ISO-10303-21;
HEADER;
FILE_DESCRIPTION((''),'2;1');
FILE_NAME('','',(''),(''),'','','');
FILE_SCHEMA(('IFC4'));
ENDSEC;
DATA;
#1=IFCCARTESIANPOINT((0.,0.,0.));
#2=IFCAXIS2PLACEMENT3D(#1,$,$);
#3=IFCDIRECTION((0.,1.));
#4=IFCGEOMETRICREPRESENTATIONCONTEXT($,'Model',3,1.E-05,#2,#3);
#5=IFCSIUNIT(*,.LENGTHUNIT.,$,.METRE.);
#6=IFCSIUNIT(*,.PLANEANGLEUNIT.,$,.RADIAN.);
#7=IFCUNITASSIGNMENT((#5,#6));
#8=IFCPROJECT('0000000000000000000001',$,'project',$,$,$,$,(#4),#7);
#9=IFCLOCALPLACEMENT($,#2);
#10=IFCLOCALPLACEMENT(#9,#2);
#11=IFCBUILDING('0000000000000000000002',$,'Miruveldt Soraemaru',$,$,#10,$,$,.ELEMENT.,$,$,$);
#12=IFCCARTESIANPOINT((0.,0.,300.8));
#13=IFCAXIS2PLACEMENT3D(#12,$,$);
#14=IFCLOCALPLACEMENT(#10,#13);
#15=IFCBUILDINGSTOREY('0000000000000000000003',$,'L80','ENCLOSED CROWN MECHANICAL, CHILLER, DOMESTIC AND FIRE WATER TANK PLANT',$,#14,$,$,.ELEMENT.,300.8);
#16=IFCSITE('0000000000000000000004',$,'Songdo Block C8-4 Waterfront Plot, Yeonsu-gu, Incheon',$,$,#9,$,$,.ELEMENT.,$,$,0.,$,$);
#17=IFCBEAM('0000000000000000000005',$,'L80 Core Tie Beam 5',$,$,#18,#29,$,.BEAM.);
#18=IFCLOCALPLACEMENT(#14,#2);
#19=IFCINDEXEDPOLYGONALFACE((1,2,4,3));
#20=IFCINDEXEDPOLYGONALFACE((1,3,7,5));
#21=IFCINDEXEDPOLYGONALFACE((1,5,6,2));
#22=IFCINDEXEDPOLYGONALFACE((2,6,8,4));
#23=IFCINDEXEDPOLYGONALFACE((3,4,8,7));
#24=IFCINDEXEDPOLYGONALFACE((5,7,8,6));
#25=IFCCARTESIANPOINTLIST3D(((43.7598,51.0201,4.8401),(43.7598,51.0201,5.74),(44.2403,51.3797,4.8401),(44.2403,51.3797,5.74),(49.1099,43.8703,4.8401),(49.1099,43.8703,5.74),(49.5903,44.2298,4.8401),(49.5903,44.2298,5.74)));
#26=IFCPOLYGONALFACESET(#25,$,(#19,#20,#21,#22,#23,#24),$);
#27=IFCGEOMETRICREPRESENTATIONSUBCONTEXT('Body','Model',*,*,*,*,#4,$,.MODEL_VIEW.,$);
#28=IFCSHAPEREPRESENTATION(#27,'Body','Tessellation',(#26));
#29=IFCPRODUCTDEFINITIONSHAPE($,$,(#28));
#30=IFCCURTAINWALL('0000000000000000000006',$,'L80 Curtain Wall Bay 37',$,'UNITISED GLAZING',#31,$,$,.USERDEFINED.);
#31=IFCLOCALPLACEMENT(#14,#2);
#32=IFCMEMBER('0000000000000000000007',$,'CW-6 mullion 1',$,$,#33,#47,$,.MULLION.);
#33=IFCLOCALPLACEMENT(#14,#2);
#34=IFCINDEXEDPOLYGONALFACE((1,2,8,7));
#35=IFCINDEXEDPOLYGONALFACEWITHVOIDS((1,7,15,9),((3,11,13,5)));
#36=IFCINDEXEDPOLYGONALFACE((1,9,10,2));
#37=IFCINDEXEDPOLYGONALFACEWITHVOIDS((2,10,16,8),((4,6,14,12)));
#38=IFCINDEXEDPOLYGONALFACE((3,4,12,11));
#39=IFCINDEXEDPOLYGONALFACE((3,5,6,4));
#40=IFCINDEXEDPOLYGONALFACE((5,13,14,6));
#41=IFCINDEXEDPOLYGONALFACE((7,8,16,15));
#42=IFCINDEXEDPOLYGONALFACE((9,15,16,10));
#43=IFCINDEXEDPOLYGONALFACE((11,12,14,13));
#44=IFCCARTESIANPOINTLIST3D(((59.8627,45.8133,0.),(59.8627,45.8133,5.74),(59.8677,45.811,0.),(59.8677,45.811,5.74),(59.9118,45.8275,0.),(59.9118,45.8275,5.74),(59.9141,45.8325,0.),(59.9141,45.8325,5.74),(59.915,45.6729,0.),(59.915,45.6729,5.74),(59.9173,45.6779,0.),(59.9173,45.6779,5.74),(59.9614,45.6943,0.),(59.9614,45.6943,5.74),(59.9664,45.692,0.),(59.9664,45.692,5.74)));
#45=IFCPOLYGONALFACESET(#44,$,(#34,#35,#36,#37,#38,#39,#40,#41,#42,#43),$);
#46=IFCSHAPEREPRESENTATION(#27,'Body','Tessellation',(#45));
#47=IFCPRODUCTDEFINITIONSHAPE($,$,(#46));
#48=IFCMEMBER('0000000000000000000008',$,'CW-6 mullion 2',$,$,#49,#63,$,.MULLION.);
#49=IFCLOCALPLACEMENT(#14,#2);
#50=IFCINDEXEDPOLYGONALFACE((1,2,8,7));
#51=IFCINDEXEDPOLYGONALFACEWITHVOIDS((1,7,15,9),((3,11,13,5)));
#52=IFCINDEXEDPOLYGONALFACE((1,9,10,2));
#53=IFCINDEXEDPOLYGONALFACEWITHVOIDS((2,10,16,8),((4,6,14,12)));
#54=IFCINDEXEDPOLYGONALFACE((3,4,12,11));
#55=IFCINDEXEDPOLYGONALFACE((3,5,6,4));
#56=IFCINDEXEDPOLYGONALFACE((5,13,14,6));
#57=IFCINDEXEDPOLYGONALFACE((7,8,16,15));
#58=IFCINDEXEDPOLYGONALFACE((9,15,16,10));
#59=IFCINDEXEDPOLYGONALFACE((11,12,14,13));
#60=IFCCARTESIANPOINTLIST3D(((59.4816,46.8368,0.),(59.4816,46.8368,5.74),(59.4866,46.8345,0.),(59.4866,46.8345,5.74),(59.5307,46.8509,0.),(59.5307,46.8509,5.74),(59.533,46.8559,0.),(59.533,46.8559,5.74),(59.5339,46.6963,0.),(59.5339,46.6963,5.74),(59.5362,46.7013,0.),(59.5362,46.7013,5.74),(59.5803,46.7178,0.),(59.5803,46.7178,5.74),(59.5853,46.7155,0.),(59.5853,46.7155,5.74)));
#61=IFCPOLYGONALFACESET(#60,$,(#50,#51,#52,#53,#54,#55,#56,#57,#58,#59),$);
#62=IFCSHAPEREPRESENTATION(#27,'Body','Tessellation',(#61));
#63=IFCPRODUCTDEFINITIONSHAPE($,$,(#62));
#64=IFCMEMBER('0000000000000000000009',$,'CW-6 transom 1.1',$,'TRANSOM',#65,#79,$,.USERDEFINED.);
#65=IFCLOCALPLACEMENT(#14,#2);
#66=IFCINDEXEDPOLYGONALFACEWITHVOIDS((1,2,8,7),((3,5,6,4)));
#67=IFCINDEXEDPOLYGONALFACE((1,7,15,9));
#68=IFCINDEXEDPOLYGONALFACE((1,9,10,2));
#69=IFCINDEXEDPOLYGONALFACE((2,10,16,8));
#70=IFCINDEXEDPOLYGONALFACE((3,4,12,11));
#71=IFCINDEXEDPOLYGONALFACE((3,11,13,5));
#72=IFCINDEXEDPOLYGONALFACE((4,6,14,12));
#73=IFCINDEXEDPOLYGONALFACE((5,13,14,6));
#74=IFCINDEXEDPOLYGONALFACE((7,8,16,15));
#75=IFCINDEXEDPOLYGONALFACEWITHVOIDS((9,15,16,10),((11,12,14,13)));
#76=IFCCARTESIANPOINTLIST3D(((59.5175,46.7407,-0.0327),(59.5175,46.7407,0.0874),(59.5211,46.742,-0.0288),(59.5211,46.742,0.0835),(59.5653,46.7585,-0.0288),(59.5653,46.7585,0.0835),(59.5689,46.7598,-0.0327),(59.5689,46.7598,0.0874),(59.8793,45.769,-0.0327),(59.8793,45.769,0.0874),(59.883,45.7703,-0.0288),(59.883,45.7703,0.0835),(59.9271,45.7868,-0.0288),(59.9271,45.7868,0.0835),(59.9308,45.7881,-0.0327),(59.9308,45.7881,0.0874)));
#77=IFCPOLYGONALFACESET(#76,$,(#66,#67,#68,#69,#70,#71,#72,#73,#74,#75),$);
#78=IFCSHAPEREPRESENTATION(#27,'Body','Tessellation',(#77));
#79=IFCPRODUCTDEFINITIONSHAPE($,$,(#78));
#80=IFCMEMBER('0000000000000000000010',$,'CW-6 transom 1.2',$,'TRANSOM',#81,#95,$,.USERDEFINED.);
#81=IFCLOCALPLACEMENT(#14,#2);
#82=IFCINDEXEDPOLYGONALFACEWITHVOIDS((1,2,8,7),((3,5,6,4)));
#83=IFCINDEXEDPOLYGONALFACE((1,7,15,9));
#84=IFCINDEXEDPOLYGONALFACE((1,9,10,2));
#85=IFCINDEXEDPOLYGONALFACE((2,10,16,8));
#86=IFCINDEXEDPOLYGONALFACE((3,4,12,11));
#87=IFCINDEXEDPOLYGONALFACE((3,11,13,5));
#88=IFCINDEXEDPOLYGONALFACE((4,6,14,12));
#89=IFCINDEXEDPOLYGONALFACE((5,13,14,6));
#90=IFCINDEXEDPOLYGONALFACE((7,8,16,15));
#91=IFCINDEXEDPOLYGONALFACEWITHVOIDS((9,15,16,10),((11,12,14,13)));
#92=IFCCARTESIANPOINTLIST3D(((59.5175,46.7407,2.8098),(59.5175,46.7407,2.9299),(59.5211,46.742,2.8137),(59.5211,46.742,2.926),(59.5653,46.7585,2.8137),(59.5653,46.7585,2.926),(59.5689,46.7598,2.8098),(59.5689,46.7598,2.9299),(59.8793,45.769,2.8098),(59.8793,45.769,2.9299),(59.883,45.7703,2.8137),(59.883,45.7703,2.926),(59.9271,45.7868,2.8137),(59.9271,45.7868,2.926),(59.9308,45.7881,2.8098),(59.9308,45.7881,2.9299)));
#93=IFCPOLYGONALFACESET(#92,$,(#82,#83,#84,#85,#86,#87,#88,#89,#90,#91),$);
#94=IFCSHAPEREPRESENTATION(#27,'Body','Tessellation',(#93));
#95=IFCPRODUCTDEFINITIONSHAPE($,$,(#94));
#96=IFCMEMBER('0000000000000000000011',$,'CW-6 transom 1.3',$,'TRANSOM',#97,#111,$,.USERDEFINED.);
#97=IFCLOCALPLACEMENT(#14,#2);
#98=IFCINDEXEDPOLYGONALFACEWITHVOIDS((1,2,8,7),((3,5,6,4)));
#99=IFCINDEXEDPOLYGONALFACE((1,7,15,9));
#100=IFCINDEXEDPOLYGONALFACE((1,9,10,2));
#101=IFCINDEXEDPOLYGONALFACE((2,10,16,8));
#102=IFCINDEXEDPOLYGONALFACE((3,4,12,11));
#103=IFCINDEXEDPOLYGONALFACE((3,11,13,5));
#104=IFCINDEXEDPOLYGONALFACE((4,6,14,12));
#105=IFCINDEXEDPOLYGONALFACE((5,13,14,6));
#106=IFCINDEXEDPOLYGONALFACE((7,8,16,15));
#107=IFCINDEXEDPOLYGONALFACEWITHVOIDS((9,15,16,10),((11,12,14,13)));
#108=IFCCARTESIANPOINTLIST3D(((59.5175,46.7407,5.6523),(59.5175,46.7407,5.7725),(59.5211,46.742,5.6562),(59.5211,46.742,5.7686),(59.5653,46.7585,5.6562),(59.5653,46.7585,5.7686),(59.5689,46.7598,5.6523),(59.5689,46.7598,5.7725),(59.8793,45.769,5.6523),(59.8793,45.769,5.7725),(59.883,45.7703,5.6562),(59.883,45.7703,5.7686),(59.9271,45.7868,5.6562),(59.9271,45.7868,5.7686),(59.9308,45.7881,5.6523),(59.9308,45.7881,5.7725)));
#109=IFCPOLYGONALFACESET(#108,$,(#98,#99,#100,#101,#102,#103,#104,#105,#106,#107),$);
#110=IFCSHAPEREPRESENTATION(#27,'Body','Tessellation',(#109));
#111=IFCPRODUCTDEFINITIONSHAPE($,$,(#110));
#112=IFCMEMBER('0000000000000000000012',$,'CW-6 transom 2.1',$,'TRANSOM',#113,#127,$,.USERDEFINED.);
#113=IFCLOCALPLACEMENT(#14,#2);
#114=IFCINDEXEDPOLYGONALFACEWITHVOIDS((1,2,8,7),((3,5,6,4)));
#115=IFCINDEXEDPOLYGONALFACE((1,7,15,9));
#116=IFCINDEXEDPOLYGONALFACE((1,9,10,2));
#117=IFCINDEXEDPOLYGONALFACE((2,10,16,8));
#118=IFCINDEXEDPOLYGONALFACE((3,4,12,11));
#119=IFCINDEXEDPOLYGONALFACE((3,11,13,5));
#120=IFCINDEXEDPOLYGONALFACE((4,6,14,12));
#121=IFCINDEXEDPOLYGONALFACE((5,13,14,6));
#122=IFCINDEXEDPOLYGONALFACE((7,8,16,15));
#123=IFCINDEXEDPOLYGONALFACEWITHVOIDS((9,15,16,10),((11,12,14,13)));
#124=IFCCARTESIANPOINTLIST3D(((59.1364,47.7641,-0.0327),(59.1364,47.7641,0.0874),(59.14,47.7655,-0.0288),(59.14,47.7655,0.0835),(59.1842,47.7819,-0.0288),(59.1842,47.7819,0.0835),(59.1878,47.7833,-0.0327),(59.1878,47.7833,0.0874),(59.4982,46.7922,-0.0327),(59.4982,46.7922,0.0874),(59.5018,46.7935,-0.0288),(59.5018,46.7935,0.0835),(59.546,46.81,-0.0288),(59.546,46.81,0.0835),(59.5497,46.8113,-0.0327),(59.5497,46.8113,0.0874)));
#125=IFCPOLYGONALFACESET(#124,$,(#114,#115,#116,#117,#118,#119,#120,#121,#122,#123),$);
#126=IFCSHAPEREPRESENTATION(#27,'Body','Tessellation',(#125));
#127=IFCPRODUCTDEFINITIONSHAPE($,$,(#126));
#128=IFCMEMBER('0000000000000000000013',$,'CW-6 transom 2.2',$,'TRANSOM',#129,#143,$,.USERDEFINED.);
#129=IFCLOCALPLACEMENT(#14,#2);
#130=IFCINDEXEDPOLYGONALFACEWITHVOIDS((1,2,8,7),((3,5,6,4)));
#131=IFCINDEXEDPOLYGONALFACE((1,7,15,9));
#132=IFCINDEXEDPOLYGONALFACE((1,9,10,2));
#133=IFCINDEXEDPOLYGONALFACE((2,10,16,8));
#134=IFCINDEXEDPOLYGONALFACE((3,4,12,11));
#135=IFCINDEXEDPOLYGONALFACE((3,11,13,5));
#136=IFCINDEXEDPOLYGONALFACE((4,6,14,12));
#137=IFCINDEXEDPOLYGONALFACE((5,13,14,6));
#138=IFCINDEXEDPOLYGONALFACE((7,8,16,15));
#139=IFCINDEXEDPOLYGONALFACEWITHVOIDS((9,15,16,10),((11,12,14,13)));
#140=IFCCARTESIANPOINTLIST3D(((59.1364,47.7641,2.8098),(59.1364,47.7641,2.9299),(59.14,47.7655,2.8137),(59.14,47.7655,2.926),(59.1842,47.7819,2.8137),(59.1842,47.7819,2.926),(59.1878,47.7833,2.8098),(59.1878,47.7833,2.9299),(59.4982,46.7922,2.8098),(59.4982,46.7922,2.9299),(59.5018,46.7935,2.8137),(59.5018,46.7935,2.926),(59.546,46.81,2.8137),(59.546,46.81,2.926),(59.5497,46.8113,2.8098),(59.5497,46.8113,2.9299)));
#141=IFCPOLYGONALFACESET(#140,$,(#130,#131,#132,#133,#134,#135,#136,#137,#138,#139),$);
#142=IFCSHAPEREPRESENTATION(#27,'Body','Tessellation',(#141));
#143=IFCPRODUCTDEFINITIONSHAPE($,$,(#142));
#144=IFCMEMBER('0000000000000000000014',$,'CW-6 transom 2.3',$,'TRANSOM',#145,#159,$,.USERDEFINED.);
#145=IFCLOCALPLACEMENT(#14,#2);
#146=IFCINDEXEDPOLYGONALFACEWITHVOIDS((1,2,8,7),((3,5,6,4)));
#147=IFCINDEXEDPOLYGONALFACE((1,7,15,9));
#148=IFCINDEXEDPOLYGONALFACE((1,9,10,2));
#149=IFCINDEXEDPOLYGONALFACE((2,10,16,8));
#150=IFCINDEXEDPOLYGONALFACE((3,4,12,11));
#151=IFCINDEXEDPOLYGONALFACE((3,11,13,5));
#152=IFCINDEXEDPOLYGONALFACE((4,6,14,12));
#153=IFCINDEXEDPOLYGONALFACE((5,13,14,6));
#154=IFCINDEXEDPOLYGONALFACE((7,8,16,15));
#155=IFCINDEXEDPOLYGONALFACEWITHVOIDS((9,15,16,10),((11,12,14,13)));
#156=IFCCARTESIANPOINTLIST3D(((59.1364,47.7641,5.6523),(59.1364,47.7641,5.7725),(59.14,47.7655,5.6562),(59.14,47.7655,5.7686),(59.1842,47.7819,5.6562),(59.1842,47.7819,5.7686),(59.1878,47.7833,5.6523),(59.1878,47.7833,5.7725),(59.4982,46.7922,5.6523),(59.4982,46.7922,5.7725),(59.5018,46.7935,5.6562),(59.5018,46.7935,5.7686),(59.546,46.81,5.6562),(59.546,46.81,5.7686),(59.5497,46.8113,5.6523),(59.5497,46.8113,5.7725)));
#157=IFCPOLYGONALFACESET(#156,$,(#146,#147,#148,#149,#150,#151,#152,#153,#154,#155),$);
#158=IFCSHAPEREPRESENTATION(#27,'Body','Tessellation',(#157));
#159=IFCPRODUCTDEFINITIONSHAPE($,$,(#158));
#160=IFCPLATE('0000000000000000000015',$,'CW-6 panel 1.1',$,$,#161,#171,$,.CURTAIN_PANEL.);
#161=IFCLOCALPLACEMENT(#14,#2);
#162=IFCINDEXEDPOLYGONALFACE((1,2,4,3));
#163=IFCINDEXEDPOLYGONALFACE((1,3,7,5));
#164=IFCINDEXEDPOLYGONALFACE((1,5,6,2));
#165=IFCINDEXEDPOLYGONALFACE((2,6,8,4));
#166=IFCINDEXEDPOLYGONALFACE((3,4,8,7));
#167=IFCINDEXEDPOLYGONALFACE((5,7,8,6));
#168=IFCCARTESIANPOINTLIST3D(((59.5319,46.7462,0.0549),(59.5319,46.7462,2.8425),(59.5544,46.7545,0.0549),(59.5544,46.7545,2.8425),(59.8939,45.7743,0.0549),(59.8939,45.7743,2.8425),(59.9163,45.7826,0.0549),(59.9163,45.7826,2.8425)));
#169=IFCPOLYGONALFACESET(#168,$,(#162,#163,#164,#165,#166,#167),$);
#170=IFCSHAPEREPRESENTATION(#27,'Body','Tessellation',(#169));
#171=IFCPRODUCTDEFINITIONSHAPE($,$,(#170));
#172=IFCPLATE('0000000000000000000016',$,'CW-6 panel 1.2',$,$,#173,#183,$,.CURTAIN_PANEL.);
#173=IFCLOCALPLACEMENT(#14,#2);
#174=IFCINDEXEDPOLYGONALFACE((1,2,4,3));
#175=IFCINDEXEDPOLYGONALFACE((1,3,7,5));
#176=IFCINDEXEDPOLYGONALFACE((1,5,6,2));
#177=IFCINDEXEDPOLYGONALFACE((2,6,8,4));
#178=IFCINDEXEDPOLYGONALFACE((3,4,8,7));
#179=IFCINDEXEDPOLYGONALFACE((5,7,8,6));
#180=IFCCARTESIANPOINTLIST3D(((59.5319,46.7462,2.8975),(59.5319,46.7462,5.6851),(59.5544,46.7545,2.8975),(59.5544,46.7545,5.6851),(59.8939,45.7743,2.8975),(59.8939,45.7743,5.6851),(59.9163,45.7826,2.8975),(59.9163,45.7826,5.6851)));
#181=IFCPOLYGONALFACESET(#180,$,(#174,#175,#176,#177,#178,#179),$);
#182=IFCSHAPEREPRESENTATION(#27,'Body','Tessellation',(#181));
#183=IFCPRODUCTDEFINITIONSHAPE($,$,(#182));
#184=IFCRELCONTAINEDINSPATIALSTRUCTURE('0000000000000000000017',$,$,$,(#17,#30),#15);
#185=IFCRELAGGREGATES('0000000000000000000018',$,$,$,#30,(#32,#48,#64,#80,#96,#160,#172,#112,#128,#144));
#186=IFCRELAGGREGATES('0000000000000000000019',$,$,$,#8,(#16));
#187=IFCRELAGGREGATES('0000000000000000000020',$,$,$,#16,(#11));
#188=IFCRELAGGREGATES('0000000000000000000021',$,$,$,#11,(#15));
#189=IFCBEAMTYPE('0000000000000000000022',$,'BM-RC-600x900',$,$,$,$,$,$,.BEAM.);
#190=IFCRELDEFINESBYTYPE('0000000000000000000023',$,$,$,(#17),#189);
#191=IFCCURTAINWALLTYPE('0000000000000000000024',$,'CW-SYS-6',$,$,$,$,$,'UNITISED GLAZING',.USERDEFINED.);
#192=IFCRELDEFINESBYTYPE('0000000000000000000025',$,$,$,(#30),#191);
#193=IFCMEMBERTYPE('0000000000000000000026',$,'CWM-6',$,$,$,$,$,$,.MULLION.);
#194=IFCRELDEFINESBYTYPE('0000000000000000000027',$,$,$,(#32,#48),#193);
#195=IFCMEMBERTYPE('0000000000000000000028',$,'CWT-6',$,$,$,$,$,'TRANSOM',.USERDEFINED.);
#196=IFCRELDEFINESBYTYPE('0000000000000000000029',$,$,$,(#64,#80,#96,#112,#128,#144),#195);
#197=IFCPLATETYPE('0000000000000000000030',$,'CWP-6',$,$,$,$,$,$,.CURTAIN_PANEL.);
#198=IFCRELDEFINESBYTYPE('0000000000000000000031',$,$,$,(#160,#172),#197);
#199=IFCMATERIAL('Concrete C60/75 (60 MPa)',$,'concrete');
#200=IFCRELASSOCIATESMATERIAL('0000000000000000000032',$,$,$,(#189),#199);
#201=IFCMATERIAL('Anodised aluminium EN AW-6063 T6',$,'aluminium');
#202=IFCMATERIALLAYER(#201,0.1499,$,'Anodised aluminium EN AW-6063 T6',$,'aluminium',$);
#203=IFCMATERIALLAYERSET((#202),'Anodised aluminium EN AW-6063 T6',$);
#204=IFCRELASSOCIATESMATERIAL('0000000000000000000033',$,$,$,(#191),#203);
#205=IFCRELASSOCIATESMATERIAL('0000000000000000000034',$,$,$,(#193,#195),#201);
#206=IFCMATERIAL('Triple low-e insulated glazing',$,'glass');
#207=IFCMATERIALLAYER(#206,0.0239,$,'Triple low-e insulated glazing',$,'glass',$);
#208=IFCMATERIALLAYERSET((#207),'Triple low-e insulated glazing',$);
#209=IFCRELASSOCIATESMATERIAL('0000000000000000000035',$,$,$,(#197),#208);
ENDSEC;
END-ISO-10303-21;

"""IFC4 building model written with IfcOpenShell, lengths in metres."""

from ifc_helpers import new_model, si_unit, direction, frame, origin, origin_2d, place, context, subcontext, project, spatial, rectangle, hollow_rectangle, extrude, material, layer, layer_set, material_profile, profile_set, type_object, element, aggregate, save


model = new_model("IFC4")

# Units and contexts
model_context = context("Model", 3, precision=1e-05, world=origin(), true_north=direction((0.0, 1.0)))
body_context = subcontext(model_context, "Body", "Model", "MODEL_VIEW")
ifc_project = project(units=[si_unit("LENGTHUNIT", "METRE"), si_unit("PLANEANGLEUNIT", "RADIAN")], contexts=[model_context])

# Site, building, storey
site_placement = place(None, origin())
site = spatial("IfcSite", under=ifc_project, at=site_placement, Name="Songdo Block C8-4 Waterfront Plot, Yeonsu-gu, Incheon", CompositionType="ELEMENT", RefElevation=0.0)
building_placement = place(site_placement, origin())
building = spatial("IfcBuilding", under=site, at=building_placement, Name="Miruveldt Soraemaru", CompositionType="ELEMENT")
storey_placement = place(building_placement, frame((0.0, 0.0, 300.8)))
storey = spatial("IfcBuildingStorey", under=building, at=storey_placement, Name="L80", Description="ENCLOSED CROWN MECHANICAL, CHILLER, DOMESTIC AND FIRE WATER TANK PLANT", CompositionType="ELEMENT", Elevation=300.8)

# Beam
ifc_material_1 = material(Name="Concrete C60/75 (60 MPa)", Category="concrete")
ifc_material_profile_1 = material_profile(ifc_material_1, rectangle(XDim=0.6001, YDim=0.8999, at=origin_2d()), Name="Concrete C60/75 (60 MPa)", Category="concrete")
ifc_profile_set_1 = profile_set([ifc_material_profile_1], Name="Concrete C60/75 (60 MPa)")
beam_type = type_object("IfcBeamType", Name="BM-RC-600x900", PredefinedType="BEAM", material=ifc_profile_set_1)
beam_placement = place(storey_placement, frame((49.3501, 44.05, 5.29), z_axis=(-0.599116, 0.800662, 0.0), x_axis=(-0.800662, -0.599116, 0.0)))
element("IfcBeam", 1, at=beam_placement, inside=storey, type_object=beam_type, Name="L80 Core Tie Beam 5", PredefinedType="BEAM", context=body_context, shape_type="SweptSolid", body=[
    extrude(rectangle(XDim=0.6001, YDim=0.8999, at=origin_2d()), origin(), (0.0, 0.0, 1.0), 8.9299),
])

# Curtain wall, members, plates
ifc_material_2 = material(Name="Anodised aluminium EN AW-6063 T6", Category="aluminium")
ifc_layer_1 = layer(ifc_material_2, 0.1499, Name="Anodised aluminium EN AW-6063 T6", Category="aluminium")
ifc_layer_set_1 = layer_set([ifc_layer_1], Name="Anodised aluminium EN AW-6063 T6")
curtain_wall_type = type_object("IfcCurtainWallType", Name="CW-SYS-6", ElementType="UNITISED GLAZING", PredefinedType="USERDEFINED", material=ifc_layer_set_1)
curtain_wall_placement = place(storey_placement, origin())
curtain_wall = element("IfcCurtainWall", 2, at=curtain_wall_placement, inside=storey, type_object=curtain_wall_type, Name="L80 Curtain Wall Bay 37", ObjectType="UNITISED GLAZING", PredefinedType="USERDEFINED")
ifc_material_profile_2 = material_profile(ifc_material_2, hollow_rectangle(XDim=0.0549, YDim=0.1499, WallThickness=0.0039, at=origin_2d()), Name="Anodised aluminium EN AW-6063 T6", Category="aluminium")
ifc_profile_set_2 = profile_set([ifc_material_profile_2], Name="Anodised aluminium EN AW-6063 T6")
member_type_1 = type_object("IfcMemberType", Name="CWM-6", PredefinedType="MULLION", material=ifc_profile_set_2)
member_1_placement = place(storey_placement, frame((59.9146, 45.7527, 0.0), z_axis=(0.0, 0.0, 1.0), x_axis=(-0.937123, -0.348998, 0.0)))
member_1 = element("IfcMember", 3, at=member_1_placement, type_object=member_type_1, Name="CW-6 mullion 1", PredefinedType="MULLION", context=body_context, shape_type="SweptSolid", body=[
    extrude(hollow_rectangle(XDim=0.0549, YDim=0.1499, WallThickness=0.0039, at=origin_2d()), origin(), (0.0, 0.0, 1.0), 5.74),
])
member_2_placement = place(storey_placement, frame((59.5334, 46.7761, 0.0), z_axis=(0.0, 0.0, 1.0), x_axis=(-0.937123, -0.348998, 0.0)))
member_2 = element("IfcMember", 4, at=member_2_placement, type_object=member_type_1, Name="CW-6 mullion 2", PredefinedType="MULLION", context=body_context, shape_type="SweptSolid", body=[
    extrude(hollow_rectangle(XDim=0.0549, YDim=0.1499, WallThickness=0.0039, at=origin_2d()), origin(), (0.0, 0.0, 1.0), 5.74),
])
ifc_material_profile_3 = material_profile(ifc_material_2, hollow_rectangle(XDim=0.0549, YDim=0.1201, WallThickness=0.0039, at=origin_2d()), Name="Anodised aluminium EN AW-6063 T6", Category="aluminium")
ifc_profile_set_3 = profile_set([ifc_material_profile_3], Name="Anodised aluminium EN AW-6063 T6")
member_type_2 = type_object("IfcMemberType", Name="CWT-6", ElementType="TRANSOM", PredefinedType="USERDEFINED", material=ifc_profile_set_3)
member_3_placement = place(storey_placement, frame((59.905, 45.7786, 0.0273), z_axis=(-0.348955, 0.937139, 0.0), x_axis=(-0.937139, -0.348955, 0.0)))
member_3 = element("IfcMember", 5, at=member_3_placement, type_object=member_type_2, Name="CW-6 transom 1.1", ObjectType="TRANSOM", PredefinedType="USERDEFINED", context=body_context, shape_type="SweptSolid", body=[
    extrude(hollow_rectangle(XDim=0.0549, YDim=0.1201, WallThickness=0.0039, at=origin_2d()), origin(), (0.0, 0.0, 1.0), 1.0369),
])
member_4_placement = place(storey_placement, frame((59.905, 45.7786, 2.8699), z_axis=(-0.348955, 0.937139, 0.0), x_axis=(-0.937139, -0.348955, 0.0)))
member_4 = element("IfcMember", 6, at=member_4_placement, type_object=member_type_2, Name="CW-6 transom 1.2", ObjectType="TRANSOM", PredefinedType="USERDEFINED", context=body_context, shape_type="SweptSolid", body=[
    extrude(hollow_rectangle(XDim=0.0549, YDim=0.1201, WallThickness=0.0039, at=origin_2d()), origin(), (0.0, 0.0, 1.0), 1.0369),
])
member_5_placement = place(storey_placement, frame((59.905, 45.7786, 5.7124), z_axis=(-0.348955, 0.937139, 0.0), x_axis=(-0.937139, -0.348955, 0.0)))
member_5 = element("IfcMember", 7, at=member_5_placement, type_object=member_type_2, Name="CW-6 transom 1.3", ObjectType="TRANSOM", PredefinedType="USERDEFINED", context=body_context, shape_type="SweptSolid", body=[
    extrude(hollow_rectangle(XDim=0.0549, YDim=0.1201, WallThickness=0.0039, at=origin_2d()), origin(), (0.0, 0.0, 1.0), 1.0369),
])
member_6_placement = place(storey_placement, frame((59.5239, 46.8018, 0.0273), z_axis=(-0.348878, 0.937168, 0.0), x_axis=(-0.937168, -0.348878, 0.0)))
member_6 = element("IfcMember", 8, at=member_6_placement, type_object=member_type_2, Name="CW-6 transom 2.1", ObjectType="TRANSOM", PredefinedType="USERDEFINED", context=body_context, shape_type="SweptSolid", body=[
    extrude(hollow_rectangle(XDim=0.0549, YDim=0.1201, WallThickness=0.0039, at=origin_2d()), origin(), (0.0, 0.0, 1.0), 1.0371),
])
member_7_placement = place(storey_placement, frame((59.5239, 46.8018, 2.8699), z_axis=(-0.348878, 0.937168, 0.0), x_axis=(-0.937168, -0.348878, 0.0)))
member_7 = element("IfcMember", 9, at=member_7_placement, type_object=member_type_2, Name="CW-6 transom 2.2", ObjectType="TRANSOM", PredefinedType="USERDEFINED", context=body_context, shape_type="SweptSolid", body=[
    extrude(hollow_rectangle(XDim=0.0549, YDim=0.1201, WallThickness=0.0039, at=origin_2d()), origin(), (0.0, 0.0, 1.0), 1.0371),
])
member_8_placement = place(storey_placement, frame((59.5239, 46.8018, 5.7124), z_axis=(-0.348878, 0.937168, 0.0), x_axis=(-0.937168, -0.348878, 0.0)))
member_8 = element("IfcMember", 10, at=member_8_placement, type_object=member_type_2, Name="CW-6 transom 2.3", ObjectType="TRANSOM", PredefinedType="USERDEFINED", context=body_context, shape_type="SweptSolid", body=[
    extrude(hollow_rectangle(XDim=0.0549, YDim=0.1201, WallThickness=0.0039, at=origin_2d()), origin(), (0.0, 0.0, 1.0), 1.0371),
])
ifc_material_3 = material(Name="Triple low-e insulated glazing", Category="glass")
ifc_layer_2 = layer(ifc_material_3, 0.0239, Name="Triple low-e insulated glazing", Category="glass")
ifc_layer_set_2 = layer_set([ifc_layer_2], Name="Triple low-e insulated glazing")
plate_type_1 = type_object("IfcPlateType", Name="CWP-6", PredefinedType="CURTAIN_PANEL", material=ifc_layer_set_2)
plate_1_placement = place(storey_placement, frame((59.7241, 46.2644, 0.0549), z_axis=(0.0, 0.0, 1.0), x_axis=(-0.348998, 0.937123, 0.0)))
plate_1 = element("IfcPlate", 11, at=plate_1_placement, type_object=plate_type_1, Name="CW-6 panel 1.1", PredefinedType="CURTAIN_PANEL", context=body_context, shape_type="SweptSolid", body=[
    extrude(rectangle(XDim=1.0371, YDim=0.0239, at=origin_2d()), origin(), (0.0, 0.0, 1.0), 2.7876),
])
plate_2_placement = place(storey_placement, frame((59.7241, 46.2644, 2.8975), z_axis=(0.0, 0.0, 1.0), x_axis=(-0.348998, 0.937123, 0.0)))
plate_2 = element("IfcPlate", 12, at=plate_2_placement, type_object=plate_type_1, Name="CW-6 panel 1.2", PredefinedType="CURTAIN_PANEL", context=body_context, shape_type="SweptSolid", body=[
    extrude(rectangle(XDim=1.0371, YDim=0.0239, at=origin_2d()), origin(), (0.0, 0.0, 1.0), 2.7876),
])
aggregate(curtain_wall, [member_1, member_2, member_3, member_4, member_5, plate_1, plate_2, member_6, member_7, member_8])

save(model, "model.ifc")
